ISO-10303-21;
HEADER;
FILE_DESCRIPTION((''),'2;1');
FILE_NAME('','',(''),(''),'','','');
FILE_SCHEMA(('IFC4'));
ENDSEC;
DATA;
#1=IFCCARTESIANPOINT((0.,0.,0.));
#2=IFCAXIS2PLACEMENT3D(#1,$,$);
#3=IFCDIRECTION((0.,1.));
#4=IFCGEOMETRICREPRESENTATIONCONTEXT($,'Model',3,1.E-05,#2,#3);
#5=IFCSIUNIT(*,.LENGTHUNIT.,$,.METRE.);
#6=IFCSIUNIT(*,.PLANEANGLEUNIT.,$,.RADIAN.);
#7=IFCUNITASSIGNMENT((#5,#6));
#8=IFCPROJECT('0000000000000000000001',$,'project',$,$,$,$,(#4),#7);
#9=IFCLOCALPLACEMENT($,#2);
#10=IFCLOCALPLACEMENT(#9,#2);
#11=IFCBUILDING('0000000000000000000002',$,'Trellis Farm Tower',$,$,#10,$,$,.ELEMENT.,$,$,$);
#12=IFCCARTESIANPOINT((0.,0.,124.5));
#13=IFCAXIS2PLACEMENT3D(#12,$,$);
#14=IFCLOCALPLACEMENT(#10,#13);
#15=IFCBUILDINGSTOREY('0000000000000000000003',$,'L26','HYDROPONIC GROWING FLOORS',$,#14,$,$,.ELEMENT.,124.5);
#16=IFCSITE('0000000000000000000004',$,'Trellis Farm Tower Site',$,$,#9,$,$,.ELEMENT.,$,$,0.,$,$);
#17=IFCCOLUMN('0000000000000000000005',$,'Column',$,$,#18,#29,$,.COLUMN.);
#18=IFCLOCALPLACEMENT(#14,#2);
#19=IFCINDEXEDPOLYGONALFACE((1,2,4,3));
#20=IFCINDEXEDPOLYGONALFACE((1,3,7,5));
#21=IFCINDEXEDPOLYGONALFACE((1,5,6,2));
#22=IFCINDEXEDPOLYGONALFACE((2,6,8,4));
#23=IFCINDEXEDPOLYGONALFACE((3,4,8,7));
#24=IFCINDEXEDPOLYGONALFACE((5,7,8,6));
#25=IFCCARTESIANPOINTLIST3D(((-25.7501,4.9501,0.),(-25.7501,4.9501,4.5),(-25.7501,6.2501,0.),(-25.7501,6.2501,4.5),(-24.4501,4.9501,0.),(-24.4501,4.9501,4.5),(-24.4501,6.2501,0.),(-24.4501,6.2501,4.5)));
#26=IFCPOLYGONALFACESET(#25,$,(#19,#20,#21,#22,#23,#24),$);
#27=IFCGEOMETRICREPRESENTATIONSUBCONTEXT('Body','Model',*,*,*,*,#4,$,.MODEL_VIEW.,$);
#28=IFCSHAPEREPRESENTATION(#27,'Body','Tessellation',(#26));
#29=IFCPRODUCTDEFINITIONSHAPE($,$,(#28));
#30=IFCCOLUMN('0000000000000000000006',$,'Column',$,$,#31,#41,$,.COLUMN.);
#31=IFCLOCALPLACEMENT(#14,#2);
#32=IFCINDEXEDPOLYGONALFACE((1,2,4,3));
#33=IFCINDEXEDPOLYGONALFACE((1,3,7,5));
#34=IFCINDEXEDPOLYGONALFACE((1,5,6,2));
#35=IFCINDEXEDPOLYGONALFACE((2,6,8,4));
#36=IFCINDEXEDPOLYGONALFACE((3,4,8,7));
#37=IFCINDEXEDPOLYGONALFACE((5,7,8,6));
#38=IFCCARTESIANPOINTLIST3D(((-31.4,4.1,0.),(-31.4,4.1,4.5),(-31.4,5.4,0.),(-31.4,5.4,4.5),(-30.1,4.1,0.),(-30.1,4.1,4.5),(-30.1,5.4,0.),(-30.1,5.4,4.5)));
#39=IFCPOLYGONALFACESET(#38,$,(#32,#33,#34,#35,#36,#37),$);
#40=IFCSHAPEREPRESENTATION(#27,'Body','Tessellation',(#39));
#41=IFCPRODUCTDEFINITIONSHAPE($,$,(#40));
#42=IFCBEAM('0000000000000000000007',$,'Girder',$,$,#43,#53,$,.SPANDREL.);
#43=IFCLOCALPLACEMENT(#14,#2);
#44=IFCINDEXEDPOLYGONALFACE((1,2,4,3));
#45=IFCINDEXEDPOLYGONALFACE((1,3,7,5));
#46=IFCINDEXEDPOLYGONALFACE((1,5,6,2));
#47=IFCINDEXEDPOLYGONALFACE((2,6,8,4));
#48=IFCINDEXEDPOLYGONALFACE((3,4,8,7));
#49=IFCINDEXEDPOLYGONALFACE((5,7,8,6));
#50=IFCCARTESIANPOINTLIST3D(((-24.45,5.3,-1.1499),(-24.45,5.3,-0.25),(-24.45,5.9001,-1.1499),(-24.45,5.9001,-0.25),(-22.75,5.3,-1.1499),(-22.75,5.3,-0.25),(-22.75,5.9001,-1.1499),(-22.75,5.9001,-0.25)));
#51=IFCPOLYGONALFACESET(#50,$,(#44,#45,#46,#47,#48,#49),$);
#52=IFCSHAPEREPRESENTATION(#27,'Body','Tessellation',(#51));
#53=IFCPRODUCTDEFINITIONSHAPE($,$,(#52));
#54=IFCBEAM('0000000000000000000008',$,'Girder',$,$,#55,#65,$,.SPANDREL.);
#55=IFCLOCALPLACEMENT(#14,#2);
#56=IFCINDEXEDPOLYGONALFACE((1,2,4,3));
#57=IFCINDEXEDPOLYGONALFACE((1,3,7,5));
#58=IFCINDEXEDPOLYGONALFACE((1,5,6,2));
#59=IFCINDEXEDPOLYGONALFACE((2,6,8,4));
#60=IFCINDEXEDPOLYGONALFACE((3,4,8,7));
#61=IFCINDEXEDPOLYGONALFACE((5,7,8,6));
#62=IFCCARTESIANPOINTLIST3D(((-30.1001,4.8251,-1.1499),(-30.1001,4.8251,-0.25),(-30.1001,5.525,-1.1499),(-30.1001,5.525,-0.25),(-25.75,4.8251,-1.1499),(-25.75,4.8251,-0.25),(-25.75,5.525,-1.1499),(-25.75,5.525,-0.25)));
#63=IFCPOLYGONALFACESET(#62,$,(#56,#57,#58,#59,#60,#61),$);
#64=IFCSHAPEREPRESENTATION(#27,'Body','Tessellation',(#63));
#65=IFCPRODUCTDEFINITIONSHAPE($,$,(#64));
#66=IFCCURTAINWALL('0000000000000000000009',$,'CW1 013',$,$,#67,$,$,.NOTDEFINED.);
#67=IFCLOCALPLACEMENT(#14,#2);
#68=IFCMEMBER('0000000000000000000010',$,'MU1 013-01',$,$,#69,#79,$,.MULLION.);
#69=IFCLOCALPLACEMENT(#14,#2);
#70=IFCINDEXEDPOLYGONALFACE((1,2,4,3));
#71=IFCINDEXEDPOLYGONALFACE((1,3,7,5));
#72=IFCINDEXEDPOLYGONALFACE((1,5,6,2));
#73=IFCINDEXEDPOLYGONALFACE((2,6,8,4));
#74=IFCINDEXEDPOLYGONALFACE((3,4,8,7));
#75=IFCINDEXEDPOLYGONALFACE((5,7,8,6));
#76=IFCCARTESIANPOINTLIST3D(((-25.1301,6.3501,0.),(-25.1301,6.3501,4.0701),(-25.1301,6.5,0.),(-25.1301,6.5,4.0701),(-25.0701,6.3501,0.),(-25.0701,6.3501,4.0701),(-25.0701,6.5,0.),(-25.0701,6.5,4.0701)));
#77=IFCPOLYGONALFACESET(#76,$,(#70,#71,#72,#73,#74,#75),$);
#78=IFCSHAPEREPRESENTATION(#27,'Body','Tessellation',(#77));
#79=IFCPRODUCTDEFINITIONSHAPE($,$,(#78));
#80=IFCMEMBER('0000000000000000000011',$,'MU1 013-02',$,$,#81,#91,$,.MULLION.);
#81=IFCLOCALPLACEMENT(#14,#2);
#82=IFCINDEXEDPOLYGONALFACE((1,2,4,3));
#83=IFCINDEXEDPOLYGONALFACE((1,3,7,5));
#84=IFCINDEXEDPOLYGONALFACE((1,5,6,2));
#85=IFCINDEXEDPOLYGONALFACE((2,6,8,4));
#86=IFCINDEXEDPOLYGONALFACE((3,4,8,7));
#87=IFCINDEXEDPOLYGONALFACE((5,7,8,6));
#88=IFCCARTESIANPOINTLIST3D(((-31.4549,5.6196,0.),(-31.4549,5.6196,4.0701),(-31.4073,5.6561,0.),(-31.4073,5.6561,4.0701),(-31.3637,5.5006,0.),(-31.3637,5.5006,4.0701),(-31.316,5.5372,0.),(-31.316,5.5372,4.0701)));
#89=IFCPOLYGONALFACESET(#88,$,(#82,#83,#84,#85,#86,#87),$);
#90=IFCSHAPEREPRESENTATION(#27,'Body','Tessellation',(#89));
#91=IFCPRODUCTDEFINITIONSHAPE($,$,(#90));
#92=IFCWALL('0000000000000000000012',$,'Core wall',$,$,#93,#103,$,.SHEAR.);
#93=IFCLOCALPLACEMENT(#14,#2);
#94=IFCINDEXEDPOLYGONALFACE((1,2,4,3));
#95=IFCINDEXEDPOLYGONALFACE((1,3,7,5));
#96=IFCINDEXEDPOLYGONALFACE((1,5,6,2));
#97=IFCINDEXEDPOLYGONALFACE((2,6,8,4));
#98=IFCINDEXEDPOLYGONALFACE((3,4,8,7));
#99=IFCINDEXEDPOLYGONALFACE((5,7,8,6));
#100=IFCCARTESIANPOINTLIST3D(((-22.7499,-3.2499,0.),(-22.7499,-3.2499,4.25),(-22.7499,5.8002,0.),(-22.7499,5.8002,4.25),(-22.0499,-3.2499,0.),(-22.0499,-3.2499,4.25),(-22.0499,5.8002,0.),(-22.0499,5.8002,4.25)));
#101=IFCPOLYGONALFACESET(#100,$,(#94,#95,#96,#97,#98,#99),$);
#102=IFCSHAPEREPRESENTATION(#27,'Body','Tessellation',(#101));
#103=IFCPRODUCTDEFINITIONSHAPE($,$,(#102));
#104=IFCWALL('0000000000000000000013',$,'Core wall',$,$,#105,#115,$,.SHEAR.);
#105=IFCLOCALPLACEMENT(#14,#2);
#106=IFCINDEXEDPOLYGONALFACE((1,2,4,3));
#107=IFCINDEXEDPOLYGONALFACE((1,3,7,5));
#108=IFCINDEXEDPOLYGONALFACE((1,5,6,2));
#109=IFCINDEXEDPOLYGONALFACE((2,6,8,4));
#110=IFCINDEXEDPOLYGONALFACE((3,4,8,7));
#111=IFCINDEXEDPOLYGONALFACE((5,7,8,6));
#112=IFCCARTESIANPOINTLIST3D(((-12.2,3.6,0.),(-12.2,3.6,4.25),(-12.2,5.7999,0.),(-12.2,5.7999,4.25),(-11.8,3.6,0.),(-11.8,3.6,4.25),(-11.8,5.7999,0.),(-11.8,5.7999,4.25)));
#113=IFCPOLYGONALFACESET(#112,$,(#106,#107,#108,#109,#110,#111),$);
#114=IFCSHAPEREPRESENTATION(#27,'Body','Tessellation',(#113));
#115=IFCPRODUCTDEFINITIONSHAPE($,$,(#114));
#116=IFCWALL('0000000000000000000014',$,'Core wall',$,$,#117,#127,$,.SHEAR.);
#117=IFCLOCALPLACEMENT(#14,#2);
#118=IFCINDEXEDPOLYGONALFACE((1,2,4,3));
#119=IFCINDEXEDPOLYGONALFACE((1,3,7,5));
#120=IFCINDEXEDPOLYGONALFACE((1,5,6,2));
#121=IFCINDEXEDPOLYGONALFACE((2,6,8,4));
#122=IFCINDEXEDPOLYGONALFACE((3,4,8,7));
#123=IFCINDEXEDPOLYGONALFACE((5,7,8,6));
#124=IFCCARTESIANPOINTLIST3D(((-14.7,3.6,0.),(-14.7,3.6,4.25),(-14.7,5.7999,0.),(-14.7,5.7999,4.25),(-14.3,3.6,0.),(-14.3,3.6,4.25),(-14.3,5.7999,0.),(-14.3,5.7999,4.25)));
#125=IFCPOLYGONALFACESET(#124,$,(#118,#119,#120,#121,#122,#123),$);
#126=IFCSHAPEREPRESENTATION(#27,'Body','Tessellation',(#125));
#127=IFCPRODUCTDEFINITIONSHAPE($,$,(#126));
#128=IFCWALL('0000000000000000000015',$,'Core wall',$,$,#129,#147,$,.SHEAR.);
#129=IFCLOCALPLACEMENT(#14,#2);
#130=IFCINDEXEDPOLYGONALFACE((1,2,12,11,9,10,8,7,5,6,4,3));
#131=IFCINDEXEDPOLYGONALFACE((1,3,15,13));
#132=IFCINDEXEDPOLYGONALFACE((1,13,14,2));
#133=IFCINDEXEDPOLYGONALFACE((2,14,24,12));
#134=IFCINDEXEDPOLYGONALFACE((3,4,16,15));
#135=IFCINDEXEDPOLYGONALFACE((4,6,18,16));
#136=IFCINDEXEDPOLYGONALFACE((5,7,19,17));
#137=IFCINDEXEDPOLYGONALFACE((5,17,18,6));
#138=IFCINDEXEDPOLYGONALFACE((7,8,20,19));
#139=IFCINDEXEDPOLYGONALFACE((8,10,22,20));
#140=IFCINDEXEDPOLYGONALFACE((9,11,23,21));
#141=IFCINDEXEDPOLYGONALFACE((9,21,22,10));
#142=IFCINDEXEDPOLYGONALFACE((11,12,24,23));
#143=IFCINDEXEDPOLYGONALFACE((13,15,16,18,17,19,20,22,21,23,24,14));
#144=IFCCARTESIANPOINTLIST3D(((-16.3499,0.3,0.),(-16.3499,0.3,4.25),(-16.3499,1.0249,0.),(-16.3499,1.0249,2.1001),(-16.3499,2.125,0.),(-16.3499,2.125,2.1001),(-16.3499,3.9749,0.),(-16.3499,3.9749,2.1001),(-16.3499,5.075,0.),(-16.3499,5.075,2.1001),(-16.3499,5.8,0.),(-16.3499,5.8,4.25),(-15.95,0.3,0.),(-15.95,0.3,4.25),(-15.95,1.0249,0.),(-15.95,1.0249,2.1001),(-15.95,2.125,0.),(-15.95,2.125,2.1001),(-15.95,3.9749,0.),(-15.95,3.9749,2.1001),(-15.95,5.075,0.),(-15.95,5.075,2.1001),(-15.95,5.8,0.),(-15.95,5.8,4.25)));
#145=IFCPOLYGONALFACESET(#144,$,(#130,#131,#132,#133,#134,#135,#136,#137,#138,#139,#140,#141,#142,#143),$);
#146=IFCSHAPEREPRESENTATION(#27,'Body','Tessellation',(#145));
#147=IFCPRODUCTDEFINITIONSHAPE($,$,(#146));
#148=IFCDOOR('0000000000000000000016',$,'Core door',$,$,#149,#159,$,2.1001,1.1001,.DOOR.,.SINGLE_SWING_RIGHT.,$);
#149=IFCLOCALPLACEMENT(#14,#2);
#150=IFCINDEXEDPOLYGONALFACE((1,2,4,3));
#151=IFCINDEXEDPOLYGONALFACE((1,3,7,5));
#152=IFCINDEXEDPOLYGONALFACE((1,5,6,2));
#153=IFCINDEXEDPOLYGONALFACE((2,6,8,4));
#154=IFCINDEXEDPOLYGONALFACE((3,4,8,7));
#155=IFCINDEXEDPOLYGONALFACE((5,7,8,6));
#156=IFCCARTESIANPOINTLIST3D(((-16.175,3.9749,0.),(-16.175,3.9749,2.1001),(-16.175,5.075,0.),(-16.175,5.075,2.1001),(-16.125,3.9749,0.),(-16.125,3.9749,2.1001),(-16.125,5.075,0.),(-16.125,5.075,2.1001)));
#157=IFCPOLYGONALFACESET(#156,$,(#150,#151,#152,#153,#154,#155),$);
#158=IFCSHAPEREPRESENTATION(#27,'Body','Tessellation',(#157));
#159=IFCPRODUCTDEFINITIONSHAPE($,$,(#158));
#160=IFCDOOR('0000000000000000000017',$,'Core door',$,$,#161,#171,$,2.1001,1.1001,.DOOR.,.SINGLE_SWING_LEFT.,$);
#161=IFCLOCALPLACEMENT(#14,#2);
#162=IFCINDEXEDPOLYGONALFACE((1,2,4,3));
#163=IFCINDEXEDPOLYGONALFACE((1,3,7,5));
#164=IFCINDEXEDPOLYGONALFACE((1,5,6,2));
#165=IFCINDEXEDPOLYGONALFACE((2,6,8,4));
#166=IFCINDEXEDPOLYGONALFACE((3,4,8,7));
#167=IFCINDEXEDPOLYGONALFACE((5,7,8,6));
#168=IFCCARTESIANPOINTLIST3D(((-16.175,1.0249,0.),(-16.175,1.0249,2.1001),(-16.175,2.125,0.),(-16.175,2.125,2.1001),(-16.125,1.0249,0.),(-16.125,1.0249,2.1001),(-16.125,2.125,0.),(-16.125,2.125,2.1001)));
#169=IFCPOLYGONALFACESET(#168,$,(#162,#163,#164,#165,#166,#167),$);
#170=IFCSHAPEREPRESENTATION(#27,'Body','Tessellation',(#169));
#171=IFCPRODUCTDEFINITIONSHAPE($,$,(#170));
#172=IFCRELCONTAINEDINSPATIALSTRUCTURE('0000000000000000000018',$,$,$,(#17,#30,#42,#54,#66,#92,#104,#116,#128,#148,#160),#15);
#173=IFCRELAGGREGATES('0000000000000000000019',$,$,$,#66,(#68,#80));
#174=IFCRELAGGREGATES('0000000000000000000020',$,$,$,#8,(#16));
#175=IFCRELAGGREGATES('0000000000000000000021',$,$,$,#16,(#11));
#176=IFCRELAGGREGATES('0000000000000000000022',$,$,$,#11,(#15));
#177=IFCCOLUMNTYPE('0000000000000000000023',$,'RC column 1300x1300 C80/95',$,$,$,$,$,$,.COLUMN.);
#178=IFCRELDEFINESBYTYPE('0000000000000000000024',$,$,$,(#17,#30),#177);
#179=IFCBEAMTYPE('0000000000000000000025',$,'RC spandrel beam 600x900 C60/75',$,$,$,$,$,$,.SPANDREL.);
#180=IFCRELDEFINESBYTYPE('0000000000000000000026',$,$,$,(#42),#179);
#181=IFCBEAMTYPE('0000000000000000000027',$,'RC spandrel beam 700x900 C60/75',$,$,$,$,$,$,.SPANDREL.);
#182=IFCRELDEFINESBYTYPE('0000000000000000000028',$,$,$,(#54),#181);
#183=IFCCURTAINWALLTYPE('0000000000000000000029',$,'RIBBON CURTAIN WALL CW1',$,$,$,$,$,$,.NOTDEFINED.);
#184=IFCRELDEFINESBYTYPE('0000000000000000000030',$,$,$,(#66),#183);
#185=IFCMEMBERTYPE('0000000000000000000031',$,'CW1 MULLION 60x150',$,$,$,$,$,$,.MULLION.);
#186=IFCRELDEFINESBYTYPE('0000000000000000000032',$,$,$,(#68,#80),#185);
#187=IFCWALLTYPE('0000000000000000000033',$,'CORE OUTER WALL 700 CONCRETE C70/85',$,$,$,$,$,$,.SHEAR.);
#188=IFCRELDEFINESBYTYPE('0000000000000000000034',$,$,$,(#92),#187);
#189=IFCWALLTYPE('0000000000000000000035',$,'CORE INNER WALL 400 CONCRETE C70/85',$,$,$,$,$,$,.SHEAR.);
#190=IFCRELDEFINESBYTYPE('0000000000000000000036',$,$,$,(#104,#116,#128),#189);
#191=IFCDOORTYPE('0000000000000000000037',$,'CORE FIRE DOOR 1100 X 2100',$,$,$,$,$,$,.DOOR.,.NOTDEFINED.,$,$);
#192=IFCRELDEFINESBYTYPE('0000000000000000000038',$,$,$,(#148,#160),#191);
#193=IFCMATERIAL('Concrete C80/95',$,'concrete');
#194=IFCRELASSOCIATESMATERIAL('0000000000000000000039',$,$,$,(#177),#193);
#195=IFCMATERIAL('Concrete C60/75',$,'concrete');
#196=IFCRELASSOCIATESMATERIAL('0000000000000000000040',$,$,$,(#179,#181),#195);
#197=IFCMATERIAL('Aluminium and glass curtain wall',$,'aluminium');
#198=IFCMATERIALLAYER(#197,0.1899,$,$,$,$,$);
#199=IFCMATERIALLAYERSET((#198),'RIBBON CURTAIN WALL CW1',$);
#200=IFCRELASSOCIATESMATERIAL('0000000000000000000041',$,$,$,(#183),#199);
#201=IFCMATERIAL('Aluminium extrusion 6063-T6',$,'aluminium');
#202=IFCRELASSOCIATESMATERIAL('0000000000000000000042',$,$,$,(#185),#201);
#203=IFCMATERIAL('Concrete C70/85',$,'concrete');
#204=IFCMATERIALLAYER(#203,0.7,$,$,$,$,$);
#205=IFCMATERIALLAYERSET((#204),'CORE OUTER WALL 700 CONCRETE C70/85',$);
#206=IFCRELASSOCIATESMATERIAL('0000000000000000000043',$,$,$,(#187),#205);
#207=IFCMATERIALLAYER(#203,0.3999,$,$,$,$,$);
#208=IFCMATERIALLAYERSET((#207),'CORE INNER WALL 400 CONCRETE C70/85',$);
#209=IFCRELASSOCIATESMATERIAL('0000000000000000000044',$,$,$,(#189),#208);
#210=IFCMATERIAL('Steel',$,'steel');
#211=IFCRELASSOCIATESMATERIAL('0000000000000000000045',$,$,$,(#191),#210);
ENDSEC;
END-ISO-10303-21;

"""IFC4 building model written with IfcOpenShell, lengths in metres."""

from ifc_helpers import new_model, si_unit, direction, frame, frame_2d, origin, origin_2d, place, context, subcontext, project, spatial, rectangle, extrude, source, transform, mapped, material, layer, layer_set, material_profile, profile_set, type_object, element, fill, aggregate, save


model = new_model("IFC4")

# Units and contexts
model_context = context("Model", 3, precision=1e-05, world=origin(), true_north=direction((0.0, 1.0)))
body_context = subcontext(model_context, "Body", "Model", "MODEL_VIEW")
ifc_project = project(units=[si_unit("LENGTHUNIT", "METRE"), si_unit("PLANEANGLEUNIT", "RADIAN")], contexts=[model_context])

# Site, building, storey
site_placement = place(None, origin())
site = spatial("IfcSite", under=ifc_project, at=site_placement, Name="Trellis Farm Tower Site", CompositionType="ELEMENT", RefElevation=0.0)
building_placement = place(site_placement, origin())
building = spatial("IfcBuilding", under=site, at=building_placement, Name="Trellis Farm Tower", CompositionType="ELEMENT")
storey_placement = place(building_placement, frame((0.0, 0.0, 124.5)))
storey = spatial("IfcBuildingStorey", under=building, at=storey_placement, Name="L26", Description="HYDROPONIC GROWING FLOORS", CompositionType="ELEMENT", Elevation=124.5)

# Columns
ifc_material_1 = material(Name="Concrete C80/95", Category="concrete")
ifc_material_profile_1 = material_profile(ifc_material_1, rectangle(XDim=1.3, YDim=1.3, at=origin_2d()), Name="RC column 1300x1300 C80/95")
ifc_profile_set_1 = profile_set([ifc_material_profile_1], Name="Concrete C80/95")
column_type = type_object("IfcColumnType", Name="RC column 1300x1300 C80/95", PredefinedType="COLUMN", material=ifc_profile_set_1)
shared_shape_1 = source(origin(), body_context, "Body", "SweptSolid", [
    extrude(rectangle(XDim=1.3, YDim=1.3, at=origin_2d()), origin(), (0.0, 0.0, 1.0), 4.5),
])
for number, where, z_axis, x_axis, name in (
    (1, (-25.1001, 5.6001, 0.0), (0.0, 0.0, 1.0), (1.0, 0.0, 0.0), "Column"),
    (2, (-30.75, 4.75, 0.0), (0.0, 0.0, 1.0), (1.0, 0.0, 0.0), "Column"),
):
    element("IfcColumn", number, at=place(storey_placement, frame(where, z_axis=z_axis, x_axis=x_axis)), inside=storey, type_object=column_type, Name=name, PredefinedType="COLUMN", context=body_context, shape_type="MappedRepresentation", body=[
        mapped(shared_shape_1, transform((0.0, 0.0, 0.0))),
    ])

# Beams
ifc_material_2 = material(Name="Concrete C60/75", Category="concrete")
ifc_material_profile_2 = material_profile(ifc_material_2, rectangle(XDim=0.6001, YDim=0.8999, at=origin_2d()), Name="RC spandrel beam 600x900 C60/75")
ifc_profile_set_2 = profile_set([ifc_material_profile_2], Name="Concrete C60/75")
beam_type_1 = type_object("IfcBeamType", Name="RC spandrel beam 600x900 C60/75", PredefinedType="SPANDREL", material=ifc_profile_set_2)
shared_shape_2 = source(origin(), body_context, "Body", "SweptSolid", [
    extrude(rectangle(XDim=0.6001, YDim=0.8999, at=origin_2d()), origin(), (0.0, 0.0, 1.0), 1.7),
])
beam_1_placement = place(storey_placement, frame((-24.45, 5.6001, -0.7), z_axis=(1.0, 0.0, 0.0), x_axis=(0.0, 1.0, 0.0)))
element("IfcBeam", 3, at=beam_1_placement, inside=storey, type_object=beam_type_1, Name="Girder", PredefinedType="SPANDREL", context=body_context, shape_type="MappedRepresentation", body=[
    mapped(shared_shape_2, transform((0.0, 0.0, 0.0))),
])
ifc_material_profile_3 = material_profile(ifc_material_2, rectangle(XDim=0.7, YDim=0.8999, at=origin_2d()), Name="RC spandrel beam 700x900 C60/75")
ifc_profile_set_3 = profile_set([ifc_material_profile_3], Name="Concrete C60/75")
beam_type_2 = type_object("IfcBeamType", Name="RC spandrel beam 700x900 C60/75", PredefinedType="SPANDREL", material=ifc_profile_set_3)
shared_shape_3 = source(origin(), body_context, "Body", "SweptSolid", [
    extrude(rectangle(XDim=0.7, YDim=0.8999, at=origin_2d()), origin(), (0.0, 0.0, 1.0), 4.3501),
])
beam_2_placement = place(storey_placement, frame((-30.1001, 5.175, -0.7), z_axis=(1.0, 0.0, 0.0), x_axis=(0.0, 1.0, 0.0)))
element("IfcBeam", 4, at=beam_2_placement, inside=storey, type_object=beam_type_2, Name="Girder", PredefinedType="SPANDREL", context=body_context, shape_type="MappedRepresentation", body=[
    mapped(shared_shape_3, transform((0.0, 0.0, 0.0))),
])

# Curtain wall, members
ifc_material_3 = material(Name="Aluminium and glass curtain wall", Category="aluminium")
ifc_layer_1 = layer(ifc_material_3, 0.1899)
ifc_layer_set_1 = layer_set([ifc_layer_1], Name="RIBBON CURTAIN WALL CW1")
curtain_wall_type = type_object("IfcCurtainWallType", Name="RIBBON CURTAIN WALL CW1", PredefinedType="NOTDEFINED", material=ifc_layer_set_1)
placement = place(storey_placement, origin())
curtain_wall = element("IfcCurtainWall", 5, at=placement, inside=storey, type_object=curtain_wall_type, Name="CW1 013", PredefinedType="NOTDEFINED")
ifc_material_4 = material(Name="Aluminium extrusion 6063-T6", Category="aluminium")
ifc_material_profile_4 = material_profile(ifc_material_4, rectangle(XDim=0.0601, YDim=0.1499, at=origin_2d()), Name="MULLION 60x150")
ifc_profile_set_4 = profile_set([ifc_material_profile_4], Name="Aluminium extrusion 6063-T6")
member_type = type_object("IfcMemberType", Name="CW1 MULLION 60x150", PredefinedType="MULLION", material=ifc_profile_set_4)
shared_shape_4 = source(origin(), body_context, "Body", "SweptSolid", [
    extrude(rectangle(XDim=0.0601, YDim=0.1499, at=origin_2d()), origin(), (0.0, 0.0, 1.0), 4.0701),
])
member_1_placement = place(storey_placement, frame((-25.1001, 6.425, 0.0), z_axis=(0.0, 0.0, 1.0), x_axis=(-1.0, 0.0, 0.0)))
member_1 = element("IfcMember", 6, at=member_1_placement, type_object=member_type, Name="MU1 013-01", PredefinedType="MULLION", context=body_context, shape_type="MappedRepresentation", body=[
    mapped(shared_shape_4, transform((0.0, 0.0, 0.0))),
])
member_2_placement = place(storey_placement, frame((-31.3855, 5.5784, 0.0), z_axis=(0.0, 0.0, 1.0), x_axis=(-0.793353, -0.608761, 0.0)))
member_2 = element("IfcMember", 7, at=member_2_placement, type_object=member_type, Name="MU1 013-02", PredefinedType="MULLION", context=body_context, shape_type="MappedRepresentation", body=[
    mapped(shared_shape_4, transform((0.0, 0.0, 0.0))),
])
aggregate(curtain_wall, [member_1, member_2])

# Walls
ifc_material_5 = material(Name="Concrete C70/85", Category="concrete")
ifc_layer_2 = layer(ifc_material_5, 0.7)
ifc_layer_set_2 = layer_set([ifc_layer_2], Name="CORE OUTER WALL 700 CONCRETE C70/85")
wall_type_1 = type_object("IfcWallType", Name="CORE OUTER WALL 700 CONCRETE C70/85", PredefinedType="SHEAR", material=ifc_layer_set_2)
shared_shape_5 = source(origin(), body_context, "Body", "SweptSolid", [
    extrude(rectangle(XDim=9.05, YDim=0.7, at=frame_2d((4.5249, 0.0))), origin(), (0.0, 0.0, 1.0), 4.25),
])
wall_1_placement = place(storey_placement, frame((-22.3999, 5.8, 0.0), z_axis=(0.0, 0.0, 1.0), x_axis=(0.0, -1.0, 0.0)))
element("IfcWall", 8, at=wall_1_placement, inside=storey, type_object=wall_type_1, Name="Core wall", PredefinedType="SHEAR", context=body_context, shape_type="MappedRepresentation", body=[
    mapped(shared_shape_5, transform((0.0, 0.0, 0.0))),
])
ifc_layer_3 = layer(ifc_material_5, 0.3999)
ifc_layer_set_3 = layer_set([ifc_layer_3], Name="CORE INNER WALL 400 CONCRETE C70/85")
wall_type_2 = type_object("IfcWallType", Name="CORE INNER WALL 400 CONCRETE C70/85", PredefinedType="SHEAR", material=ifc_layer_set_3)
shared_shape_6 = source(origin(), body_context, "Body", "SweptSolid", [
    extrude(rectangle(XDim=2.2, YDim=0.3999, at=frame_2d((1.1001, 0.0))), origin(), (0.0, 0.0, 1.0), 4.25),
])
for number, where, z_axis, x_axis, name in (
    (9, (-12.0, 5.8, 0.0), (0.0, 0.0, 1.0), (0.0, -1.0, 0.0), "Core wall"),
    (10, (-14.5, 5.8, 0.0), (0.0, 0.0, 1.0), (0.0, -1.0, 0.0), "Core wall"),
):
    element("IfcWall", number, at=place(storey_placement, frame(where, z_axis=z_axis, x_axis=x_axis)), inside=storey, type_object=wall_type_2, Name=name, PredefinedType="SHEAR", context=body_context, shape_type="MappedRepresentation", body=[
        mapped(shared_shape_6, transform((0.0, 0.0, 0.0))),
    ])

# Wall, openings, doors
shared_shape_7 = source(origin(), body_context, "Body", "SweptSolid", [
    extrude(rectangle(XDim=5.5, YDim=0.3999, at=frame_2d((2.75, 0.0))), origin(), (0.0, 0.0, 1.0), 4.25),
])
wall_2_placement = place(storey_placement, frame((-16.1499, 5.8, 0.0), z_axis=(0.0, 0.0, 1.0), x_axis=(0.0, -1.0, 0.0)))
wall_2 = element("IfcWall", 11, at=wall_2_placement, inside=storey, type_object=wall_type_2, Name="Core wall", PredefinedType="SHEAR", context=body_context, shape_type="MappedRepresentation", body=[
    mapped(shared_shape_7, transform((0.0, 0.0, 0.0))),
])
shared_shape_8 = source(origin(), body_context, "Body", "SweptSolid", [
    extrude(rectangle(XDim=1.1001, YDim=2.1001, at=frame_2d((0.55, 1.05))), frame((0.0, 0.21, 0.0), z_axis=(0.0, -1.0, 0.0), x_axis=(1.0, 0.0, 0.0)), (0.0, 0.0, 1.0), 0.4199),
])
opening_1_placement = place(wall_2_placement, frame((0.7251, 0.0, 0.0)))
opening_1 = element("IfcOpeningElement", 12, at=opening_1_placement, cuts=wall_2, PredefinedType="OPENING", context=body_context, shape_type="MappedRepresentation", body=[
    mapped(shared_shape_8, transform((0.0, 0.0, 0.0))),
])
opening_2_placement = place(wall_2_placement, frame((3.675, 0.0, 0.0)))
opening_2 = element("IfcOpeningElement", 13, at=opening_2_placement, cuts=wall_2, PredefinedType="OPENING", context=body_context, shape_type="MappedRepresentation", body=[
    mapped(shared_shape_8, transform((0.0, 0.0, 0.0))),
])
ifc_material_6 = material(Name="Steel", Category="steel")
door_type = type_object("IfcDoorType", Name="CORE FIRE DOOR 1100 X 2100", OperationType="NOTDEFINED", PredefinedType="DOOR", material=ifc_material_6)
shared_shape_9 = source(origin(), body_context, "Body", "SweptSolid", [
    extrude(rectangle(XDim=1.1001, YDim=2.1001, at=frame_2d((0.55, 1.05))), frame((0.0, 0.0249, 0.0), z_axis=(0.0, -1.0, 0.0), x_axis=(1.0, 0.0, 0.0)), (0.0, 0.0, 1.0), 0.05),
])
door_1_placement = place(opening_1_placement, origin())
door_1 = element("IfcDoor", 14, at=door_1_placement, inside=storey, type_object=door_type, Name="Core door", OperationType="SINGLE_SWING_RIGHT", OverallHeight=2.1001, OverallWidth=1.1001, PredefinedType="DOOR", context=body_context, shape_type="MappedRepresentation", body=[
    mapped(shared_shape_9, transform((0.0, 0.0, 0.0))),
])
fill(opening_1, door_1)
door_2_placement = place(opening_2_placement, origin())
door_2 = element("IfcDoor", 15, at=door_2_placement, inside=storey, type_object=door_type, Name="Core door", OperationType="SINGLE_SWING_LEFT", OverallHeight=2.1001, OverallWidth=1.1001, PredefinedType="DOOR", context=body_context, shape_type="MappedRepresentation", body=[
    mapped(shared_shape_9, transform((0.0, 0.0, 0.0))),
])
fill(opening_2, door_2)

save(model, "model.ifc")
